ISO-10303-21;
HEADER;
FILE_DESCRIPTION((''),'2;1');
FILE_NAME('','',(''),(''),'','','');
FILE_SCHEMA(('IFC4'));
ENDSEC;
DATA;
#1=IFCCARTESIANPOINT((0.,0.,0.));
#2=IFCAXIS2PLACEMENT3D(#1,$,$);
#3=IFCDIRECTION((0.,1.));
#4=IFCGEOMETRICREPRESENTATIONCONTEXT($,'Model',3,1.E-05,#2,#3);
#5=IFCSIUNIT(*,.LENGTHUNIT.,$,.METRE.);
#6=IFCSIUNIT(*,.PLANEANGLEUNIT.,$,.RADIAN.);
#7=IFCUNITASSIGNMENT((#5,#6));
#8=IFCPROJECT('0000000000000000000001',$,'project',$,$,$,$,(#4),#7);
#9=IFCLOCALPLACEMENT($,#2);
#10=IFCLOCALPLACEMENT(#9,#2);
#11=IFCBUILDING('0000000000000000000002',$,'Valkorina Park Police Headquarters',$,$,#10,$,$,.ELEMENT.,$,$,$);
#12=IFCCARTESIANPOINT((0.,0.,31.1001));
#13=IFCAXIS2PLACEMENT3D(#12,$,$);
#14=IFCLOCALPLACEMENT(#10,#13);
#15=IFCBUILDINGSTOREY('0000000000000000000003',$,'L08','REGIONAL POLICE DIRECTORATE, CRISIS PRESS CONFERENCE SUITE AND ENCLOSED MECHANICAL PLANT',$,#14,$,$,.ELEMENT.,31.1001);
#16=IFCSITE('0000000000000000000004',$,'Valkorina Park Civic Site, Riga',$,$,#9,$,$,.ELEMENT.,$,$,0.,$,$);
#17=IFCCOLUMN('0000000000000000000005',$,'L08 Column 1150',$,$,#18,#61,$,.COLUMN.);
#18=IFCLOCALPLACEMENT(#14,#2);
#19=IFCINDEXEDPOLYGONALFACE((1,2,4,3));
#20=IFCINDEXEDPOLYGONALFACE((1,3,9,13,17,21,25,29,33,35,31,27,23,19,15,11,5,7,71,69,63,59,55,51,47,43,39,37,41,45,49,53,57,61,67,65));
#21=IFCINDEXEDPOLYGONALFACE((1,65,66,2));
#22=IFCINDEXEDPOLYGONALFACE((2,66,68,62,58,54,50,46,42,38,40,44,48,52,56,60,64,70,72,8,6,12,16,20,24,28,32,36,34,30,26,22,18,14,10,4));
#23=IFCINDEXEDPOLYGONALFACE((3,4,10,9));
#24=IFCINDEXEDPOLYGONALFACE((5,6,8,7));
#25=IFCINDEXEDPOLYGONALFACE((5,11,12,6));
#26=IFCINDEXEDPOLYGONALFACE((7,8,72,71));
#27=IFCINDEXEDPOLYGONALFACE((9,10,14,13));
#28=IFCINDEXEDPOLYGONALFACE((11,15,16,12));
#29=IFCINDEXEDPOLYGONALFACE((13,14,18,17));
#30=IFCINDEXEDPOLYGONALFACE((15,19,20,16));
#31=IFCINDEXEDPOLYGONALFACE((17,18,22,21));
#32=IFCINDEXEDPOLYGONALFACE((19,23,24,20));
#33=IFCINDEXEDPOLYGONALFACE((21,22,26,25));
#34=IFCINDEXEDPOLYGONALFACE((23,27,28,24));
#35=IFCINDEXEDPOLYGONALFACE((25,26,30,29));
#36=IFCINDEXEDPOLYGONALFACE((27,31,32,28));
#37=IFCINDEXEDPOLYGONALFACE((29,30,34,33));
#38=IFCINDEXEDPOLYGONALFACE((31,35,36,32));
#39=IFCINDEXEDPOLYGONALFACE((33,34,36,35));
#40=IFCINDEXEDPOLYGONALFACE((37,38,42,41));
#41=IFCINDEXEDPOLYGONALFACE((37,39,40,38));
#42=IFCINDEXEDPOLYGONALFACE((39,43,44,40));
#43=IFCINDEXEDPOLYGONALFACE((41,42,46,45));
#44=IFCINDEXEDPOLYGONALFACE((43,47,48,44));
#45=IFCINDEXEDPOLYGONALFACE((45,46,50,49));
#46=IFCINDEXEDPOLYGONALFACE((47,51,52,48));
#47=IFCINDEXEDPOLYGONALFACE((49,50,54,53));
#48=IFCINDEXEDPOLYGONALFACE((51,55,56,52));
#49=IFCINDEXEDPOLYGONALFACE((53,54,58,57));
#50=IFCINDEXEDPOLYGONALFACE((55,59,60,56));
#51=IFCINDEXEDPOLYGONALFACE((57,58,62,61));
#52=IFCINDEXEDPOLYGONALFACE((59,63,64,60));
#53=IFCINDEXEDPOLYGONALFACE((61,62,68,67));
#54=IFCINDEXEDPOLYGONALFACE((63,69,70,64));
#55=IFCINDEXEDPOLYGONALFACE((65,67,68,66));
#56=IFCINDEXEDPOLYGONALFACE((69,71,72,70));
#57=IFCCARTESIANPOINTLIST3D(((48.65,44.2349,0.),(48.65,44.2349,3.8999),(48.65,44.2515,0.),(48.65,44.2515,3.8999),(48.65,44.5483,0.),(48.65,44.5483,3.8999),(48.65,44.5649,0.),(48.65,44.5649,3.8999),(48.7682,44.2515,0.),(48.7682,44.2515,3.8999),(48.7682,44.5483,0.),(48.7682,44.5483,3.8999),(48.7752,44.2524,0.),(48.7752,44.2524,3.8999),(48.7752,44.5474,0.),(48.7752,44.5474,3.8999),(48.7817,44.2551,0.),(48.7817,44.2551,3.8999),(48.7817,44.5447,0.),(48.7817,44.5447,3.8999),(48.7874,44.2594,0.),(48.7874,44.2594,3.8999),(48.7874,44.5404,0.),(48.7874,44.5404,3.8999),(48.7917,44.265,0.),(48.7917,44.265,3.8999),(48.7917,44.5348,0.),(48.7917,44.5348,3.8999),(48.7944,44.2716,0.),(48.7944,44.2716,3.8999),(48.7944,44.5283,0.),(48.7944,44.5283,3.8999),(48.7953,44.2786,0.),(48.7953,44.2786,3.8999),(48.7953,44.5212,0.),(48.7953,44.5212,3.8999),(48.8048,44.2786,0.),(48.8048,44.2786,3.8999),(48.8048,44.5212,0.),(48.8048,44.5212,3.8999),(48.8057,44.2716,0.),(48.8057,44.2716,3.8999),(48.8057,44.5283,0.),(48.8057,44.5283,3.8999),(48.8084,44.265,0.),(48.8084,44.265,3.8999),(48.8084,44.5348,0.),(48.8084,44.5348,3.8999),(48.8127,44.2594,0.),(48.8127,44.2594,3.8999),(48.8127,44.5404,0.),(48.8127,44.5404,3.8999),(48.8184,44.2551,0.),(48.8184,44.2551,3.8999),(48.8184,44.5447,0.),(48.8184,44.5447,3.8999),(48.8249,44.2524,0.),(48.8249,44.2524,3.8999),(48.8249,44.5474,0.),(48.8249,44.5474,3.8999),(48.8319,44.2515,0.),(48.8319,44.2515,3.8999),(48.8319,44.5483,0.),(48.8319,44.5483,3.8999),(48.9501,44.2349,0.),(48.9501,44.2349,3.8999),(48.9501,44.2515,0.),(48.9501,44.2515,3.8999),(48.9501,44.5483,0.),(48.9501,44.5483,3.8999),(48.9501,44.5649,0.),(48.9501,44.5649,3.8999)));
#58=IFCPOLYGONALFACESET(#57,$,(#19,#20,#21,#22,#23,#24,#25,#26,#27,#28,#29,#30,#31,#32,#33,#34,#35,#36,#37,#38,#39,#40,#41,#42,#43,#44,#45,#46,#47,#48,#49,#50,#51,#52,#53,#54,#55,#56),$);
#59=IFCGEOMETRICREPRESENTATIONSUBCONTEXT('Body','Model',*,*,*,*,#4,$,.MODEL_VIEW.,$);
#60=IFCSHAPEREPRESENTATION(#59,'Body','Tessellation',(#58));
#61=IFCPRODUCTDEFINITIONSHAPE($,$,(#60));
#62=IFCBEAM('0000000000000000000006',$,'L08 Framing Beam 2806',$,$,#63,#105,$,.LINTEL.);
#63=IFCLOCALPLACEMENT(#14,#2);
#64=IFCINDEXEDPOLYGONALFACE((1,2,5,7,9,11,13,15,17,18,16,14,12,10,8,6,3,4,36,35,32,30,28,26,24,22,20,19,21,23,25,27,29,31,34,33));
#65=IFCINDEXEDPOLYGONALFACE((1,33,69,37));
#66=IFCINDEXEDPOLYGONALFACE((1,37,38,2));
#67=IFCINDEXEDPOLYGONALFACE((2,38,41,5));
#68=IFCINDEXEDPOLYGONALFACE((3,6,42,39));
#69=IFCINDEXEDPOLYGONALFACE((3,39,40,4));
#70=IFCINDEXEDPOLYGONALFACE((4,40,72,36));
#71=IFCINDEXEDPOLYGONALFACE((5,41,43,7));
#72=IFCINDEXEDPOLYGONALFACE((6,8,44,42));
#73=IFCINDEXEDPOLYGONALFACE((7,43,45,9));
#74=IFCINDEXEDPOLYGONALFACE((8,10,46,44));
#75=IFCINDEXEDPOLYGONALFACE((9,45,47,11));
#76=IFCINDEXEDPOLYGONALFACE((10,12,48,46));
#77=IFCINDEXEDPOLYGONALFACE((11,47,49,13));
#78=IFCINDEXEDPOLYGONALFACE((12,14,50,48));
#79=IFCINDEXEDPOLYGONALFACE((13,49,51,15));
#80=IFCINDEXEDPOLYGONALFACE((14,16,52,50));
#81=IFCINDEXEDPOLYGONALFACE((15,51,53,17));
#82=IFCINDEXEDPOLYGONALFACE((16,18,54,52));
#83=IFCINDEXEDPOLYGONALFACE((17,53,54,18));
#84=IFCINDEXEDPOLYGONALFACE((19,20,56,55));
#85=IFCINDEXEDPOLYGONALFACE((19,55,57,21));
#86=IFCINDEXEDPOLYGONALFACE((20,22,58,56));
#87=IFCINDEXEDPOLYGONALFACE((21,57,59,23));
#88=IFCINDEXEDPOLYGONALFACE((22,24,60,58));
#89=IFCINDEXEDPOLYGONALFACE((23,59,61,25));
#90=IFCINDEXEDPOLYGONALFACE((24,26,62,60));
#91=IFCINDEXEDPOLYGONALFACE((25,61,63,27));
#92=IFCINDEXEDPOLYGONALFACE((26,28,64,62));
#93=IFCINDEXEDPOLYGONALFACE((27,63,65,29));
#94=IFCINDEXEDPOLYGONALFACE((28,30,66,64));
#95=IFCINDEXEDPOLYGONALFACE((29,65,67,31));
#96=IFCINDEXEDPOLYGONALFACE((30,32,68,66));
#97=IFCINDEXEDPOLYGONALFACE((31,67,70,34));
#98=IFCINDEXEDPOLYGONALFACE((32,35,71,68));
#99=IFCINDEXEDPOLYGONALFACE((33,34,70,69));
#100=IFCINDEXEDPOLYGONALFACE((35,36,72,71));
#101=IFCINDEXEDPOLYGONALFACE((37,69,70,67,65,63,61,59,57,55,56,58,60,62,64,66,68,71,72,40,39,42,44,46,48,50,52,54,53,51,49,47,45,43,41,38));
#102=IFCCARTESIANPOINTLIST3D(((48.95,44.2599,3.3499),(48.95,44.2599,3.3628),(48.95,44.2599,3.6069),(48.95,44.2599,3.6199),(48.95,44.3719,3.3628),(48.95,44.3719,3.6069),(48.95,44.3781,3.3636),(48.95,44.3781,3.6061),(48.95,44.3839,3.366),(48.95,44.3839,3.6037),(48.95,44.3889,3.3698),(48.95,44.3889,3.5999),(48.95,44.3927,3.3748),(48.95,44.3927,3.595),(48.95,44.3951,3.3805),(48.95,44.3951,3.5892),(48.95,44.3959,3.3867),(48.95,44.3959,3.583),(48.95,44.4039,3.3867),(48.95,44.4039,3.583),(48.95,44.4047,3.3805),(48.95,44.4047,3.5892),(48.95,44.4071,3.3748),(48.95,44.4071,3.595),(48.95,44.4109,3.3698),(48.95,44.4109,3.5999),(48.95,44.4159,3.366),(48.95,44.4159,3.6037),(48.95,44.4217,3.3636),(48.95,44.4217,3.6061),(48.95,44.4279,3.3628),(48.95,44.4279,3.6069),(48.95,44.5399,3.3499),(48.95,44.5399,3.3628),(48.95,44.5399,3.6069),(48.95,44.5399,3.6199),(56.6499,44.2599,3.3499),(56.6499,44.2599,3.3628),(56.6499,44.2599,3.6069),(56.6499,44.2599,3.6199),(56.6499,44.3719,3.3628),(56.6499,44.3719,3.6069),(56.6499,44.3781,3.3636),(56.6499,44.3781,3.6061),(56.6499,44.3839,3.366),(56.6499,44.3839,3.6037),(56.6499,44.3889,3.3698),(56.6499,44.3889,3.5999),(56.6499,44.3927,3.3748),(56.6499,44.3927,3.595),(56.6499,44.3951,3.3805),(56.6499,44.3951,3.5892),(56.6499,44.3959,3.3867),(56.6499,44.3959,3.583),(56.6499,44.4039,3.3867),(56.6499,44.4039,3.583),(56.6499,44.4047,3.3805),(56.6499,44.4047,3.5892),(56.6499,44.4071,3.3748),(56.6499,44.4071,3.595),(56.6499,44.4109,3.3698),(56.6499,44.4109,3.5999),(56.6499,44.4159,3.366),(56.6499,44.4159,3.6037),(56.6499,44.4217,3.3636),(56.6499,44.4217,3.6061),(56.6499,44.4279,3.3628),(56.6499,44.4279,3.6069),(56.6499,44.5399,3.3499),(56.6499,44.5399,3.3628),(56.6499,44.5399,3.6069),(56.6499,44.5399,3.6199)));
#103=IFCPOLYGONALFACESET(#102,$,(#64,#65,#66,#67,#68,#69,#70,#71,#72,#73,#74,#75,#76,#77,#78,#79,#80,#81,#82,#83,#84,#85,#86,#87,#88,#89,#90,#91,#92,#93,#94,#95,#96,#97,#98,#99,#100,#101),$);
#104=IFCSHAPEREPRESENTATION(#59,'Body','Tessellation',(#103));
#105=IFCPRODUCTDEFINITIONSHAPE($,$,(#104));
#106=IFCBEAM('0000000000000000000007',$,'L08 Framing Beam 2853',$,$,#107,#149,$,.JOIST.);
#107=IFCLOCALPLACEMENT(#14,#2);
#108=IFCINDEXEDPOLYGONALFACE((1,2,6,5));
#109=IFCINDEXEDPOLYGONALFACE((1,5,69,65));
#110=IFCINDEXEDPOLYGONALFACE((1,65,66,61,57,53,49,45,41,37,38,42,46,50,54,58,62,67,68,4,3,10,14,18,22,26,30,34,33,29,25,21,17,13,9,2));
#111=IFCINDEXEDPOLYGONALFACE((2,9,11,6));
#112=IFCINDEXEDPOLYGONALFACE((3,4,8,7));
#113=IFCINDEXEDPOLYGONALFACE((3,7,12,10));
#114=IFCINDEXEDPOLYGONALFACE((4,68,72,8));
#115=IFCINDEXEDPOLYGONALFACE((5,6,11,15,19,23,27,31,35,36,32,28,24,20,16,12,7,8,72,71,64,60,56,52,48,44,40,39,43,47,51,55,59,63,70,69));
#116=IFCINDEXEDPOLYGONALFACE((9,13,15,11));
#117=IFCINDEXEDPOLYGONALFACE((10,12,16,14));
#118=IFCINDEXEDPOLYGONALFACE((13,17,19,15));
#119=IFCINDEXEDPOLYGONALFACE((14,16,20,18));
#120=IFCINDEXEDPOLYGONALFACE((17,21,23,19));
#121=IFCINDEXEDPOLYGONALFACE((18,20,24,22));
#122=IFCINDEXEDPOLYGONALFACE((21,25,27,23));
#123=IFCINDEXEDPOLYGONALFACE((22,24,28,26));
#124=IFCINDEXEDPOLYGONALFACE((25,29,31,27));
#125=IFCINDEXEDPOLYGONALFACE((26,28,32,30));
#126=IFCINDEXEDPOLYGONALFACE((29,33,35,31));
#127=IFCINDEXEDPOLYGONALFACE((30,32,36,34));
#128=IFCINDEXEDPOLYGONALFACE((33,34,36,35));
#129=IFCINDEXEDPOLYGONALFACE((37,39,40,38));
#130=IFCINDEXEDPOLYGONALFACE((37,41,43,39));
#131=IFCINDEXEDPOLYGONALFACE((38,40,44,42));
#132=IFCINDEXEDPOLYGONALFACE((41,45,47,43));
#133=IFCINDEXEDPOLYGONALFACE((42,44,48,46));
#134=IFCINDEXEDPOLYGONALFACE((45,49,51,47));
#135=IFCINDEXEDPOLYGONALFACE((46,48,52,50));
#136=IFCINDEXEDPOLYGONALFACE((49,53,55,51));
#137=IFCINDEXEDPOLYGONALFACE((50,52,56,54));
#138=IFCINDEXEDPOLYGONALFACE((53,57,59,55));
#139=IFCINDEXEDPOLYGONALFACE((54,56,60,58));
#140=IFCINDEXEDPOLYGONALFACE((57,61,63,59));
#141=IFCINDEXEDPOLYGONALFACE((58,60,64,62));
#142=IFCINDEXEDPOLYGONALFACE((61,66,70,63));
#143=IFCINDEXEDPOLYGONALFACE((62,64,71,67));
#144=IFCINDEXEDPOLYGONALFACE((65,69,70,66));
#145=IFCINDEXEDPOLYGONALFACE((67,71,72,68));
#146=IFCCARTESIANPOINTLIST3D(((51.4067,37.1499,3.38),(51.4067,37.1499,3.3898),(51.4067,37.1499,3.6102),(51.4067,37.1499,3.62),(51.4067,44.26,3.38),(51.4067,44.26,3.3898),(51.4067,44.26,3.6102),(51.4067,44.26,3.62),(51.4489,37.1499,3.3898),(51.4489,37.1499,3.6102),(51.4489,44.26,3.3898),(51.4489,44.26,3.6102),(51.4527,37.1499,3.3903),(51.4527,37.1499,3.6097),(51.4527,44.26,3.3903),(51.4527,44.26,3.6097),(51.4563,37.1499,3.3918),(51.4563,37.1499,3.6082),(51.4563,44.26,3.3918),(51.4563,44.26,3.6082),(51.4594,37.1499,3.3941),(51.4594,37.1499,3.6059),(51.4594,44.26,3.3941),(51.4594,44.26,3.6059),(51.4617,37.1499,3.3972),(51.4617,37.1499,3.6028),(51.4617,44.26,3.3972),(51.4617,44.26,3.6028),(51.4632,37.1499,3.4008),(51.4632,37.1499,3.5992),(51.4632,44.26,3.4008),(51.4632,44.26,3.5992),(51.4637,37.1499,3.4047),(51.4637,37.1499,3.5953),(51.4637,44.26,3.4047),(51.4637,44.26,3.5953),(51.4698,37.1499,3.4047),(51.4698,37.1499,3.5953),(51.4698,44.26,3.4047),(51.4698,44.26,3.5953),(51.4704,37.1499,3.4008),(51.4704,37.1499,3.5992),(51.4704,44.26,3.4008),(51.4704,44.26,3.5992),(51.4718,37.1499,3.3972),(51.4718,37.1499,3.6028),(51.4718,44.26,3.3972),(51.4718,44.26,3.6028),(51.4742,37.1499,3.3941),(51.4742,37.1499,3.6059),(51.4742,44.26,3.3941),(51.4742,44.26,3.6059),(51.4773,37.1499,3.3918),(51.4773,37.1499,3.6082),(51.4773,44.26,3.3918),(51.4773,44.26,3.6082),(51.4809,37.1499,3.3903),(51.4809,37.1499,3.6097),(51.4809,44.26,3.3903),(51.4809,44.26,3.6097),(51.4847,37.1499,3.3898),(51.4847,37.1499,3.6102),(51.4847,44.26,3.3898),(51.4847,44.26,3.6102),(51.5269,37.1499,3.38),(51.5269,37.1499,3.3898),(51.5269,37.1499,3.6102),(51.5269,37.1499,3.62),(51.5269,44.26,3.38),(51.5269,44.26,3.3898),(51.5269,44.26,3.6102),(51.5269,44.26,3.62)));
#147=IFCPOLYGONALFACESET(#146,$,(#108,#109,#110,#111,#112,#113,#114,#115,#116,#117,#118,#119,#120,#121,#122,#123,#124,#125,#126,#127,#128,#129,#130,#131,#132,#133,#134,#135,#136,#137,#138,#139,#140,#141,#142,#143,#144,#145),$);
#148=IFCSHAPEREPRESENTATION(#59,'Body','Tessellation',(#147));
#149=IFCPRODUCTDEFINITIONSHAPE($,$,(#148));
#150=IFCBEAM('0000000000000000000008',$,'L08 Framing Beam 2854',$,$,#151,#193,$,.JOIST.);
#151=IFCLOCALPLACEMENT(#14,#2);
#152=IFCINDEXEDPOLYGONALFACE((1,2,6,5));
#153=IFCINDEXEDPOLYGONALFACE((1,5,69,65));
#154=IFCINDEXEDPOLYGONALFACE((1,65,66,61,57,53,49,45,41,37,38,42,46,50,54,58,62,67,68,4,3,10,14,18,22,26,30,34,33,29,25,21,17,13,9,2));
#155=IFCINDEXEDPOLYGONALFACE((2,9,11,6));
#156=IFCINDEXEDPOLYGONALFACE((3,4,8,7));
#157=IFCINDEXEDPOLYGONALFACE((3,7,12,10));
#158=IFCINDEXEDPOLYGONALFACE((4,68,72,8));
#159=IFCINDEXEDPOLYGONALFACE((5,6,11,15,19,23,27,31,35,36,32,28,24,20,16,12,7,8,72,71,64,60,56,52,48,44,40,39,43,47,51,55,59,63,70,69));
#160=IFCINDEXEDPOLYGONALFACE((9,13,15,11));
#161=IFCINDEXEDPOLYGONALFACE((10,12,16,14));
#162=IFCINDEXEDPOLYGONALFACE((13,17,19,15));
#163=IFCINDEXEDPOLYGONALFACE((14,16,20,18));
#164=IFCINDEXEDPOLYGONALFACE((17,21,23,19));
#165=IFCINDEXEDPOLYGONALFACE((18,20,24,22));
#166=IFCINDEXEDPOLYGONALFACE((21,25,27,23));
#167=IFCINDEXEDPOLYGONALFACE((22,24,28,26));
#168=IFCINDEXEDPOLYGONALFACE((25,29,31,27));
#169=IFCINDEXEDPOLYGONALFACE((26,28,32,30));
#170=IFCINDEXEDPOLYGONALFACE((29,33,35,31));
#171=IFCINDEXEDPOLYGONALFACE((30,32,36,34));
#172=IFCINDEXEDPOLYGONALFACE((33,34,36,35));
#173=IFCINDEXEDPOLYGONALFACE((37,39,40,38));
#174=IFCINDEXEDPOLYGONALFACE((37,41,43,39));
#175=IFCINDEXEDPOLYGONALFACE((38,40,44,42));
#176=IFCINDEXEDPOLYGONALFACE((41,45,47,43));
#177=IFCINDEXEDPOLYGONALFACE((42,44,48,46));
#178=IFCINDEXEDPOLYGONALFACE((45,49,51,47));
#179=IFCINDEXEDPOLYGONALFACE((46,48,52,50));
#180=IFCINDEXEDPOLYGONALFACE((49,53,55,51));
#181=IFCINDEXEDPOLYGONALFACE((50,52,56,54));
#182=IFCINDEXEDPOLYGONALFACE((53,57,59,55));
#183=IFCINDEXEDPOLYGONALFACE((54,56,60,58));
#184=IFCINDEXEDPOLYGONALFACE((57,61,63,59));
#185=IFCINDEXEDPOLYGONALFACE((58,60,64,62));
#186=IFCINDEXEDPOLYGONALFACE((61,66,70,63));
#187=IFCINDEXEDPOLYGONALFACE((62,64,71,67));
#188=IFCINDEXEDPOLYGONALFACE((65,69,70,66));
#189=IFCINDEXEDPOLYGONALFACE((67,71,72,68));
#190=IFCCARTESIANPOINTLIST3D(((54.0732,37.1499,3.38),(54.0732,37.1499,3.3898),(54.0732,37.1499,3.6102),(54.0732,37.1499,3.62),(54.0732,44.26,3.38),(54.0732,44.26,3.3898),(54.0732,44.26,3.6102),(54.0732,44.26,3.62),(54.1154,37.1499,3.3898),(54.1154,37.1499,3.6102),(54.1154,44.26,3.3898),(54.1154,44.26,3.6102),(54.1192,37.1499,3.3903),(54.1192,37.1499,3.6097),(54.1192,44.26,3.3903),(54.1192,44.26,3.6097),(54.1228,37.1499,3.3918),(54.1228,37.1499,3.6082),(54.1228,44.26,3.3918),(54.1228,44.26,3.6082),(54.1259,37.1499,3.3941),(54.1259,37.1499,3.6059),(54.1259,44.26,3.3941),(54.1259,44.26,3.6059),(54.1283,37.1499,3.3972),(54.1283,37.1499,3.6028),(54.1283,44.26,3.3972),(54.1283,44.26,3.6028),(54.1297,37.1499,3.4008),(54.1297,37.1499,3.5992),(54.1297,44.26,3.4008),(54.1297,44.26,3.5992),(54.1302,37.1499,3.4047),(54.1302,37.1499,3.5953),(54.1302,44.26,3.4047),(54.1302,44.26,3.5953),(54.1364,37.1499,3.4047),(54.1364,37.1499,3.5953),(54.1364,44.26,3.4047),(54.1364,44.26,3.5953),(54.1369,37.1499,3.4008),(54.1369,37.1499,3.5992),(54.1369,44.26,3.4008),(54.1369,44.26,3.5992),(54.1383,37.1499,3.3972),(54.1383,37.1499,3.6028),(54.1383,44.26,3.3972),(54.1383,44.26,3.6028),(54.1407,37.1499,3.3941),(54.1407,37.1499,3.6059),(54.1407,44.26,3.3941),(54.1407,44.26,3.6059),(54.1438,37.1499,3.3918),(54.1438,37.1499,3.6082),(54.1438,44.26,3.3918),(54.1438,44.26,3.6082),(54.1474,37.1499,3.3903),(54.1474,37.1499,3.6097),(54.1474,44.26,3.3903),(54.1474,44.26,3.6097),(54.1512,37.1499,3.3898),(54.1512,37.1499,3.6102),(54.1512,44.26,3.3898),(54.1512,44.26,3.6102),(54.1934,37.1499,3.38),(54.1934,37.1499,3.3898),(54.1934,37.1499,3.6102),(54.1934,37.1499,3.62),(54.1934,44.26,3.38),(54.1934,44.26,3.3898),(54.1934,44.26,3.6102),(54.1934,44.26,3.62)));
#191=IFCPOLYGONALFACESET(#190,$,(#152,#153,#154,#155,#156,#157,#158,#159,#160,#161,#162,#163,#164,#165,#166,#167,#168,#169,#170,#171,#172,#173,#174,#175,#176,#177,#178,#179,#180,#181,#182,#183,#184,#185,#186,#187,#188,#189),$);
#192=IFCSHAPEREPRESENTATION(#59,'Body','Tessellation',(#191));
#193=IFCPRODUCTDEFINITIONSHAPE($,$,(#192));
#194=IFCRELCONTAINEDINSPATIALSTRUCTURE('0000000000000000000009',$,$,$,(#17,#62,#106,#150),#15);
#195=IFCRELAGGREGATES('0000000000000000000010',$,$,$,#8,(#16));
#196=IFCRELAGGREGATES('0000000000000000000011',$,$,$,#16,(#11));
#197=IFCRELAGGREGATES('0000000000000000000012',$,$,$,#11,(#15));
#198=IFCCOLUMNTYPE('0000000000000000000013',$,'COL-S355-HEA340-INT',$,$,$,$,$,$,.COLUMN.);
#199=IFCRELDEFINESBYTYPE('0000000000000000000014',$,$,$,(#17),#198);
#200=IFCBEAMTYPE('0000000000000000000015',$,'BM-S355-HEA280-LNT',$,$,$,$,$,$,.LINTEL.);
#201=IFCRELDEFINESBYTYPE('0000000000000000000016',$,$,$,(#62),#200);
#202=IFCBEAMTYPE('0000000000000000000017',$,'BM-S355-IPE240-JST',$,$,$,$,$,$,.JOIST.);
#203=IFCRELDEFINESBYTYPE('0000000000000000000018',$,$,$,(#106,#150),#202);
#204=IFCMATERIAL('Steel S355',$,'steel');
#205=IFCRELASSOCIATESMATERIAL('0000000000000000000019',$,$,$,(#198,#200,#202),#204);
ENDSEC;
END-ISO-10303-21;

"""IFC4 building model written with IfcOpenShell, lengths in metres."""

from ifc_helpers import new_model, si_unit, direction, frame, origin, origin_2d, place, context, subcontext, project, spatial, i_section, extrude, material, material_profile, profile_set, type_object, element, save


model = new_model("IFC4")

# Units and contexts
model_context = context("Model", 3, precision=1e-05, world=origin(), true_north=direction((0.0, 1.0)))
body_context = subcontext(model_context, "Body", "Model", "MODEL_VIEW")
ifc_project = project(units=[si_unit("LENGTHUNIT", "METRE"), si_unit("PLANEANGLEUNIT", "RADIAN")], contexts=[model_context])

# Site, building, storey
site_placement = place(None, origin())
site = spatial("IfcSite", under=ifc_project, at=site_placement, Name="Valkorina Park Civic Site, Riga", CompositionType="ELEMENT", RefElevation=0.0)
building_placement = place(site_placement, origin())
building = spatial("IfcBuilding", under=site, at=building_placement, Name="Valkorina Park Police Headquarters", CompositionType="ELEMENT")
storey_placement = place(building_placement, frame((0.0, 0.0, 31.1001)))
storey = spatial("IfcBuildingStorey", under=building, at=storey_placement, Name="L08", Description="REGIONAL POLICE DIRECTORATE, CRISIS PRESS CONFERENCE SUITE AND ENCLOSED MECHANICAL PLANT", CompositionType="ELEMENT", Elevation=31.1001)

# Column
ifc_material_1 = material(Name="Steel S355", Category="steel")
ifc_material_profile_1 = material_profile(ifc_material_1, i_section(OverallWidth=0.3, OverallDepth=0.3301, WebThickness=0.0095, FlangeThickness=0.0166, FilletRadius=0.0271, at=origin_2d()), Name="HEA 340")
ifc_profile_set_1 = profile_set([ifc_material_profile_1], Name="Steel S355")
column_type = type_object("IfcColumnType", Name="COL-S355-HEA340-INT", PredefinedType="COLUMN", material=ifc_profile_set_1)
column_placement = place(storey_placement, frame((48.8, 44.3999, 0.0), z_axis=(0.0, 0.0, 1.0), x_axis=(1.0, 0.0, 0.0)))
element("IfcColumn", 1, at=column_placement, inside=storey, type_object=column_type, Name="L08 Column 1150", PredefinedType="COLUMN", context=body_context, shape_type="SweptSolid", body=[
    extrude(i_section(OverallWidth=0.3, OverallDepth=0.3301, WebThickness=0.0095, FlangeThickness=0.0166, FilletRadius=0.0271, at=origin_2d()), origin(), (0.0, 0.0, 1.0), 3.8999),
])

# Beams
ifc_material_profile_2 = material_profile(ifc_material_1, i_section(OverallWidth=0.28, OverallDepth=0.27, WebThickness=0.0081, FlangeThickness=0.0129, FilletRadius=0.0239, at=origin_2d()), Name="HEA 280")
ifc_profile_set_2 = profile_set([ifc_material_profile_2], Name="Steel S355")
beam_type_1 = type_object("IfcBeamType", Name="BM-S355-HEA280-LNT", PredefinedType="LINTEL", material=ifc_profile_set_2)
beam_1_placement = place(storey_placement, frame((48.95, 44.3999, 3.4849), z_axis=(1.0, 0.0, 0.0), x_axis=(0.0, 1.0, 0.0)))
element("IfcBeam", 2, at=beam_1_placement, inside=storey, type_object=beam_type_1, Name="L08 Framing Beam 2806", PredefinedType="LINTEL", context=body_context, shape_type="SweptSolid", body=[
    extrude(i_section(OverallWidth=0.28, OverallDepth=0.27, WebThickness=0.0081, FlangeThickness=0.0129, FilletRadius=0.0239, at=origin_2d()), origin(), (0.0, 0.0, 1.0), 7.7),
])
ifc_material_profile_3 = material_profile(ifc_material_1, i_section(OverallWidth=0.1201, OverallDepth=0.24, WebThickness=0.0061, FlangeThickness=0.0098, FilletRadius=0.0149, at=origin_2d()), Name="IPE 240")
ifc_profile_set_3 = profile_set([ifc_material_profile_3], Name="Steel S355")
beam_type_2 = type_object("IfcBeamType", Name="BM-S355-IPE240-JST", PredefinedType="JOIST", material=ifc_profile_set_3)
for number, where, z_axis, x_axis, name in (
    (3, (51.4668, 37.1499, 3.5), (0.0, 1.0, 0.0), (-1.0, 0.0, 0.0), "L08 Framing Beam 2853"),
    (4, (54.1333, 37.1499, 3.5), (0.0, 1.0, 0.0), (-1.0, 0.0, 0.0), "L08 Framing Beam 2854"),
):
    element("IfcBeam", number, at=place(storey_placement, frame(where, z_axis=z_axis, x_axis=x_axis)), inside=storey, type_object=beam_type_2, Name=name, PredefinedType="JOIST", context=body_context, shape_type="SweptSolid", body=[
        extrude(i_section(OverallWidth=0.1201, OverallDepth=0.24, WebThickness=0.0061, FlangeThickness=0.0098, FilletRadius=0.0149, at=origin_2d()), origin(), (0.0, 0.0, 1.0), 7.1101),
    ])

save(model, "model.ifc")
